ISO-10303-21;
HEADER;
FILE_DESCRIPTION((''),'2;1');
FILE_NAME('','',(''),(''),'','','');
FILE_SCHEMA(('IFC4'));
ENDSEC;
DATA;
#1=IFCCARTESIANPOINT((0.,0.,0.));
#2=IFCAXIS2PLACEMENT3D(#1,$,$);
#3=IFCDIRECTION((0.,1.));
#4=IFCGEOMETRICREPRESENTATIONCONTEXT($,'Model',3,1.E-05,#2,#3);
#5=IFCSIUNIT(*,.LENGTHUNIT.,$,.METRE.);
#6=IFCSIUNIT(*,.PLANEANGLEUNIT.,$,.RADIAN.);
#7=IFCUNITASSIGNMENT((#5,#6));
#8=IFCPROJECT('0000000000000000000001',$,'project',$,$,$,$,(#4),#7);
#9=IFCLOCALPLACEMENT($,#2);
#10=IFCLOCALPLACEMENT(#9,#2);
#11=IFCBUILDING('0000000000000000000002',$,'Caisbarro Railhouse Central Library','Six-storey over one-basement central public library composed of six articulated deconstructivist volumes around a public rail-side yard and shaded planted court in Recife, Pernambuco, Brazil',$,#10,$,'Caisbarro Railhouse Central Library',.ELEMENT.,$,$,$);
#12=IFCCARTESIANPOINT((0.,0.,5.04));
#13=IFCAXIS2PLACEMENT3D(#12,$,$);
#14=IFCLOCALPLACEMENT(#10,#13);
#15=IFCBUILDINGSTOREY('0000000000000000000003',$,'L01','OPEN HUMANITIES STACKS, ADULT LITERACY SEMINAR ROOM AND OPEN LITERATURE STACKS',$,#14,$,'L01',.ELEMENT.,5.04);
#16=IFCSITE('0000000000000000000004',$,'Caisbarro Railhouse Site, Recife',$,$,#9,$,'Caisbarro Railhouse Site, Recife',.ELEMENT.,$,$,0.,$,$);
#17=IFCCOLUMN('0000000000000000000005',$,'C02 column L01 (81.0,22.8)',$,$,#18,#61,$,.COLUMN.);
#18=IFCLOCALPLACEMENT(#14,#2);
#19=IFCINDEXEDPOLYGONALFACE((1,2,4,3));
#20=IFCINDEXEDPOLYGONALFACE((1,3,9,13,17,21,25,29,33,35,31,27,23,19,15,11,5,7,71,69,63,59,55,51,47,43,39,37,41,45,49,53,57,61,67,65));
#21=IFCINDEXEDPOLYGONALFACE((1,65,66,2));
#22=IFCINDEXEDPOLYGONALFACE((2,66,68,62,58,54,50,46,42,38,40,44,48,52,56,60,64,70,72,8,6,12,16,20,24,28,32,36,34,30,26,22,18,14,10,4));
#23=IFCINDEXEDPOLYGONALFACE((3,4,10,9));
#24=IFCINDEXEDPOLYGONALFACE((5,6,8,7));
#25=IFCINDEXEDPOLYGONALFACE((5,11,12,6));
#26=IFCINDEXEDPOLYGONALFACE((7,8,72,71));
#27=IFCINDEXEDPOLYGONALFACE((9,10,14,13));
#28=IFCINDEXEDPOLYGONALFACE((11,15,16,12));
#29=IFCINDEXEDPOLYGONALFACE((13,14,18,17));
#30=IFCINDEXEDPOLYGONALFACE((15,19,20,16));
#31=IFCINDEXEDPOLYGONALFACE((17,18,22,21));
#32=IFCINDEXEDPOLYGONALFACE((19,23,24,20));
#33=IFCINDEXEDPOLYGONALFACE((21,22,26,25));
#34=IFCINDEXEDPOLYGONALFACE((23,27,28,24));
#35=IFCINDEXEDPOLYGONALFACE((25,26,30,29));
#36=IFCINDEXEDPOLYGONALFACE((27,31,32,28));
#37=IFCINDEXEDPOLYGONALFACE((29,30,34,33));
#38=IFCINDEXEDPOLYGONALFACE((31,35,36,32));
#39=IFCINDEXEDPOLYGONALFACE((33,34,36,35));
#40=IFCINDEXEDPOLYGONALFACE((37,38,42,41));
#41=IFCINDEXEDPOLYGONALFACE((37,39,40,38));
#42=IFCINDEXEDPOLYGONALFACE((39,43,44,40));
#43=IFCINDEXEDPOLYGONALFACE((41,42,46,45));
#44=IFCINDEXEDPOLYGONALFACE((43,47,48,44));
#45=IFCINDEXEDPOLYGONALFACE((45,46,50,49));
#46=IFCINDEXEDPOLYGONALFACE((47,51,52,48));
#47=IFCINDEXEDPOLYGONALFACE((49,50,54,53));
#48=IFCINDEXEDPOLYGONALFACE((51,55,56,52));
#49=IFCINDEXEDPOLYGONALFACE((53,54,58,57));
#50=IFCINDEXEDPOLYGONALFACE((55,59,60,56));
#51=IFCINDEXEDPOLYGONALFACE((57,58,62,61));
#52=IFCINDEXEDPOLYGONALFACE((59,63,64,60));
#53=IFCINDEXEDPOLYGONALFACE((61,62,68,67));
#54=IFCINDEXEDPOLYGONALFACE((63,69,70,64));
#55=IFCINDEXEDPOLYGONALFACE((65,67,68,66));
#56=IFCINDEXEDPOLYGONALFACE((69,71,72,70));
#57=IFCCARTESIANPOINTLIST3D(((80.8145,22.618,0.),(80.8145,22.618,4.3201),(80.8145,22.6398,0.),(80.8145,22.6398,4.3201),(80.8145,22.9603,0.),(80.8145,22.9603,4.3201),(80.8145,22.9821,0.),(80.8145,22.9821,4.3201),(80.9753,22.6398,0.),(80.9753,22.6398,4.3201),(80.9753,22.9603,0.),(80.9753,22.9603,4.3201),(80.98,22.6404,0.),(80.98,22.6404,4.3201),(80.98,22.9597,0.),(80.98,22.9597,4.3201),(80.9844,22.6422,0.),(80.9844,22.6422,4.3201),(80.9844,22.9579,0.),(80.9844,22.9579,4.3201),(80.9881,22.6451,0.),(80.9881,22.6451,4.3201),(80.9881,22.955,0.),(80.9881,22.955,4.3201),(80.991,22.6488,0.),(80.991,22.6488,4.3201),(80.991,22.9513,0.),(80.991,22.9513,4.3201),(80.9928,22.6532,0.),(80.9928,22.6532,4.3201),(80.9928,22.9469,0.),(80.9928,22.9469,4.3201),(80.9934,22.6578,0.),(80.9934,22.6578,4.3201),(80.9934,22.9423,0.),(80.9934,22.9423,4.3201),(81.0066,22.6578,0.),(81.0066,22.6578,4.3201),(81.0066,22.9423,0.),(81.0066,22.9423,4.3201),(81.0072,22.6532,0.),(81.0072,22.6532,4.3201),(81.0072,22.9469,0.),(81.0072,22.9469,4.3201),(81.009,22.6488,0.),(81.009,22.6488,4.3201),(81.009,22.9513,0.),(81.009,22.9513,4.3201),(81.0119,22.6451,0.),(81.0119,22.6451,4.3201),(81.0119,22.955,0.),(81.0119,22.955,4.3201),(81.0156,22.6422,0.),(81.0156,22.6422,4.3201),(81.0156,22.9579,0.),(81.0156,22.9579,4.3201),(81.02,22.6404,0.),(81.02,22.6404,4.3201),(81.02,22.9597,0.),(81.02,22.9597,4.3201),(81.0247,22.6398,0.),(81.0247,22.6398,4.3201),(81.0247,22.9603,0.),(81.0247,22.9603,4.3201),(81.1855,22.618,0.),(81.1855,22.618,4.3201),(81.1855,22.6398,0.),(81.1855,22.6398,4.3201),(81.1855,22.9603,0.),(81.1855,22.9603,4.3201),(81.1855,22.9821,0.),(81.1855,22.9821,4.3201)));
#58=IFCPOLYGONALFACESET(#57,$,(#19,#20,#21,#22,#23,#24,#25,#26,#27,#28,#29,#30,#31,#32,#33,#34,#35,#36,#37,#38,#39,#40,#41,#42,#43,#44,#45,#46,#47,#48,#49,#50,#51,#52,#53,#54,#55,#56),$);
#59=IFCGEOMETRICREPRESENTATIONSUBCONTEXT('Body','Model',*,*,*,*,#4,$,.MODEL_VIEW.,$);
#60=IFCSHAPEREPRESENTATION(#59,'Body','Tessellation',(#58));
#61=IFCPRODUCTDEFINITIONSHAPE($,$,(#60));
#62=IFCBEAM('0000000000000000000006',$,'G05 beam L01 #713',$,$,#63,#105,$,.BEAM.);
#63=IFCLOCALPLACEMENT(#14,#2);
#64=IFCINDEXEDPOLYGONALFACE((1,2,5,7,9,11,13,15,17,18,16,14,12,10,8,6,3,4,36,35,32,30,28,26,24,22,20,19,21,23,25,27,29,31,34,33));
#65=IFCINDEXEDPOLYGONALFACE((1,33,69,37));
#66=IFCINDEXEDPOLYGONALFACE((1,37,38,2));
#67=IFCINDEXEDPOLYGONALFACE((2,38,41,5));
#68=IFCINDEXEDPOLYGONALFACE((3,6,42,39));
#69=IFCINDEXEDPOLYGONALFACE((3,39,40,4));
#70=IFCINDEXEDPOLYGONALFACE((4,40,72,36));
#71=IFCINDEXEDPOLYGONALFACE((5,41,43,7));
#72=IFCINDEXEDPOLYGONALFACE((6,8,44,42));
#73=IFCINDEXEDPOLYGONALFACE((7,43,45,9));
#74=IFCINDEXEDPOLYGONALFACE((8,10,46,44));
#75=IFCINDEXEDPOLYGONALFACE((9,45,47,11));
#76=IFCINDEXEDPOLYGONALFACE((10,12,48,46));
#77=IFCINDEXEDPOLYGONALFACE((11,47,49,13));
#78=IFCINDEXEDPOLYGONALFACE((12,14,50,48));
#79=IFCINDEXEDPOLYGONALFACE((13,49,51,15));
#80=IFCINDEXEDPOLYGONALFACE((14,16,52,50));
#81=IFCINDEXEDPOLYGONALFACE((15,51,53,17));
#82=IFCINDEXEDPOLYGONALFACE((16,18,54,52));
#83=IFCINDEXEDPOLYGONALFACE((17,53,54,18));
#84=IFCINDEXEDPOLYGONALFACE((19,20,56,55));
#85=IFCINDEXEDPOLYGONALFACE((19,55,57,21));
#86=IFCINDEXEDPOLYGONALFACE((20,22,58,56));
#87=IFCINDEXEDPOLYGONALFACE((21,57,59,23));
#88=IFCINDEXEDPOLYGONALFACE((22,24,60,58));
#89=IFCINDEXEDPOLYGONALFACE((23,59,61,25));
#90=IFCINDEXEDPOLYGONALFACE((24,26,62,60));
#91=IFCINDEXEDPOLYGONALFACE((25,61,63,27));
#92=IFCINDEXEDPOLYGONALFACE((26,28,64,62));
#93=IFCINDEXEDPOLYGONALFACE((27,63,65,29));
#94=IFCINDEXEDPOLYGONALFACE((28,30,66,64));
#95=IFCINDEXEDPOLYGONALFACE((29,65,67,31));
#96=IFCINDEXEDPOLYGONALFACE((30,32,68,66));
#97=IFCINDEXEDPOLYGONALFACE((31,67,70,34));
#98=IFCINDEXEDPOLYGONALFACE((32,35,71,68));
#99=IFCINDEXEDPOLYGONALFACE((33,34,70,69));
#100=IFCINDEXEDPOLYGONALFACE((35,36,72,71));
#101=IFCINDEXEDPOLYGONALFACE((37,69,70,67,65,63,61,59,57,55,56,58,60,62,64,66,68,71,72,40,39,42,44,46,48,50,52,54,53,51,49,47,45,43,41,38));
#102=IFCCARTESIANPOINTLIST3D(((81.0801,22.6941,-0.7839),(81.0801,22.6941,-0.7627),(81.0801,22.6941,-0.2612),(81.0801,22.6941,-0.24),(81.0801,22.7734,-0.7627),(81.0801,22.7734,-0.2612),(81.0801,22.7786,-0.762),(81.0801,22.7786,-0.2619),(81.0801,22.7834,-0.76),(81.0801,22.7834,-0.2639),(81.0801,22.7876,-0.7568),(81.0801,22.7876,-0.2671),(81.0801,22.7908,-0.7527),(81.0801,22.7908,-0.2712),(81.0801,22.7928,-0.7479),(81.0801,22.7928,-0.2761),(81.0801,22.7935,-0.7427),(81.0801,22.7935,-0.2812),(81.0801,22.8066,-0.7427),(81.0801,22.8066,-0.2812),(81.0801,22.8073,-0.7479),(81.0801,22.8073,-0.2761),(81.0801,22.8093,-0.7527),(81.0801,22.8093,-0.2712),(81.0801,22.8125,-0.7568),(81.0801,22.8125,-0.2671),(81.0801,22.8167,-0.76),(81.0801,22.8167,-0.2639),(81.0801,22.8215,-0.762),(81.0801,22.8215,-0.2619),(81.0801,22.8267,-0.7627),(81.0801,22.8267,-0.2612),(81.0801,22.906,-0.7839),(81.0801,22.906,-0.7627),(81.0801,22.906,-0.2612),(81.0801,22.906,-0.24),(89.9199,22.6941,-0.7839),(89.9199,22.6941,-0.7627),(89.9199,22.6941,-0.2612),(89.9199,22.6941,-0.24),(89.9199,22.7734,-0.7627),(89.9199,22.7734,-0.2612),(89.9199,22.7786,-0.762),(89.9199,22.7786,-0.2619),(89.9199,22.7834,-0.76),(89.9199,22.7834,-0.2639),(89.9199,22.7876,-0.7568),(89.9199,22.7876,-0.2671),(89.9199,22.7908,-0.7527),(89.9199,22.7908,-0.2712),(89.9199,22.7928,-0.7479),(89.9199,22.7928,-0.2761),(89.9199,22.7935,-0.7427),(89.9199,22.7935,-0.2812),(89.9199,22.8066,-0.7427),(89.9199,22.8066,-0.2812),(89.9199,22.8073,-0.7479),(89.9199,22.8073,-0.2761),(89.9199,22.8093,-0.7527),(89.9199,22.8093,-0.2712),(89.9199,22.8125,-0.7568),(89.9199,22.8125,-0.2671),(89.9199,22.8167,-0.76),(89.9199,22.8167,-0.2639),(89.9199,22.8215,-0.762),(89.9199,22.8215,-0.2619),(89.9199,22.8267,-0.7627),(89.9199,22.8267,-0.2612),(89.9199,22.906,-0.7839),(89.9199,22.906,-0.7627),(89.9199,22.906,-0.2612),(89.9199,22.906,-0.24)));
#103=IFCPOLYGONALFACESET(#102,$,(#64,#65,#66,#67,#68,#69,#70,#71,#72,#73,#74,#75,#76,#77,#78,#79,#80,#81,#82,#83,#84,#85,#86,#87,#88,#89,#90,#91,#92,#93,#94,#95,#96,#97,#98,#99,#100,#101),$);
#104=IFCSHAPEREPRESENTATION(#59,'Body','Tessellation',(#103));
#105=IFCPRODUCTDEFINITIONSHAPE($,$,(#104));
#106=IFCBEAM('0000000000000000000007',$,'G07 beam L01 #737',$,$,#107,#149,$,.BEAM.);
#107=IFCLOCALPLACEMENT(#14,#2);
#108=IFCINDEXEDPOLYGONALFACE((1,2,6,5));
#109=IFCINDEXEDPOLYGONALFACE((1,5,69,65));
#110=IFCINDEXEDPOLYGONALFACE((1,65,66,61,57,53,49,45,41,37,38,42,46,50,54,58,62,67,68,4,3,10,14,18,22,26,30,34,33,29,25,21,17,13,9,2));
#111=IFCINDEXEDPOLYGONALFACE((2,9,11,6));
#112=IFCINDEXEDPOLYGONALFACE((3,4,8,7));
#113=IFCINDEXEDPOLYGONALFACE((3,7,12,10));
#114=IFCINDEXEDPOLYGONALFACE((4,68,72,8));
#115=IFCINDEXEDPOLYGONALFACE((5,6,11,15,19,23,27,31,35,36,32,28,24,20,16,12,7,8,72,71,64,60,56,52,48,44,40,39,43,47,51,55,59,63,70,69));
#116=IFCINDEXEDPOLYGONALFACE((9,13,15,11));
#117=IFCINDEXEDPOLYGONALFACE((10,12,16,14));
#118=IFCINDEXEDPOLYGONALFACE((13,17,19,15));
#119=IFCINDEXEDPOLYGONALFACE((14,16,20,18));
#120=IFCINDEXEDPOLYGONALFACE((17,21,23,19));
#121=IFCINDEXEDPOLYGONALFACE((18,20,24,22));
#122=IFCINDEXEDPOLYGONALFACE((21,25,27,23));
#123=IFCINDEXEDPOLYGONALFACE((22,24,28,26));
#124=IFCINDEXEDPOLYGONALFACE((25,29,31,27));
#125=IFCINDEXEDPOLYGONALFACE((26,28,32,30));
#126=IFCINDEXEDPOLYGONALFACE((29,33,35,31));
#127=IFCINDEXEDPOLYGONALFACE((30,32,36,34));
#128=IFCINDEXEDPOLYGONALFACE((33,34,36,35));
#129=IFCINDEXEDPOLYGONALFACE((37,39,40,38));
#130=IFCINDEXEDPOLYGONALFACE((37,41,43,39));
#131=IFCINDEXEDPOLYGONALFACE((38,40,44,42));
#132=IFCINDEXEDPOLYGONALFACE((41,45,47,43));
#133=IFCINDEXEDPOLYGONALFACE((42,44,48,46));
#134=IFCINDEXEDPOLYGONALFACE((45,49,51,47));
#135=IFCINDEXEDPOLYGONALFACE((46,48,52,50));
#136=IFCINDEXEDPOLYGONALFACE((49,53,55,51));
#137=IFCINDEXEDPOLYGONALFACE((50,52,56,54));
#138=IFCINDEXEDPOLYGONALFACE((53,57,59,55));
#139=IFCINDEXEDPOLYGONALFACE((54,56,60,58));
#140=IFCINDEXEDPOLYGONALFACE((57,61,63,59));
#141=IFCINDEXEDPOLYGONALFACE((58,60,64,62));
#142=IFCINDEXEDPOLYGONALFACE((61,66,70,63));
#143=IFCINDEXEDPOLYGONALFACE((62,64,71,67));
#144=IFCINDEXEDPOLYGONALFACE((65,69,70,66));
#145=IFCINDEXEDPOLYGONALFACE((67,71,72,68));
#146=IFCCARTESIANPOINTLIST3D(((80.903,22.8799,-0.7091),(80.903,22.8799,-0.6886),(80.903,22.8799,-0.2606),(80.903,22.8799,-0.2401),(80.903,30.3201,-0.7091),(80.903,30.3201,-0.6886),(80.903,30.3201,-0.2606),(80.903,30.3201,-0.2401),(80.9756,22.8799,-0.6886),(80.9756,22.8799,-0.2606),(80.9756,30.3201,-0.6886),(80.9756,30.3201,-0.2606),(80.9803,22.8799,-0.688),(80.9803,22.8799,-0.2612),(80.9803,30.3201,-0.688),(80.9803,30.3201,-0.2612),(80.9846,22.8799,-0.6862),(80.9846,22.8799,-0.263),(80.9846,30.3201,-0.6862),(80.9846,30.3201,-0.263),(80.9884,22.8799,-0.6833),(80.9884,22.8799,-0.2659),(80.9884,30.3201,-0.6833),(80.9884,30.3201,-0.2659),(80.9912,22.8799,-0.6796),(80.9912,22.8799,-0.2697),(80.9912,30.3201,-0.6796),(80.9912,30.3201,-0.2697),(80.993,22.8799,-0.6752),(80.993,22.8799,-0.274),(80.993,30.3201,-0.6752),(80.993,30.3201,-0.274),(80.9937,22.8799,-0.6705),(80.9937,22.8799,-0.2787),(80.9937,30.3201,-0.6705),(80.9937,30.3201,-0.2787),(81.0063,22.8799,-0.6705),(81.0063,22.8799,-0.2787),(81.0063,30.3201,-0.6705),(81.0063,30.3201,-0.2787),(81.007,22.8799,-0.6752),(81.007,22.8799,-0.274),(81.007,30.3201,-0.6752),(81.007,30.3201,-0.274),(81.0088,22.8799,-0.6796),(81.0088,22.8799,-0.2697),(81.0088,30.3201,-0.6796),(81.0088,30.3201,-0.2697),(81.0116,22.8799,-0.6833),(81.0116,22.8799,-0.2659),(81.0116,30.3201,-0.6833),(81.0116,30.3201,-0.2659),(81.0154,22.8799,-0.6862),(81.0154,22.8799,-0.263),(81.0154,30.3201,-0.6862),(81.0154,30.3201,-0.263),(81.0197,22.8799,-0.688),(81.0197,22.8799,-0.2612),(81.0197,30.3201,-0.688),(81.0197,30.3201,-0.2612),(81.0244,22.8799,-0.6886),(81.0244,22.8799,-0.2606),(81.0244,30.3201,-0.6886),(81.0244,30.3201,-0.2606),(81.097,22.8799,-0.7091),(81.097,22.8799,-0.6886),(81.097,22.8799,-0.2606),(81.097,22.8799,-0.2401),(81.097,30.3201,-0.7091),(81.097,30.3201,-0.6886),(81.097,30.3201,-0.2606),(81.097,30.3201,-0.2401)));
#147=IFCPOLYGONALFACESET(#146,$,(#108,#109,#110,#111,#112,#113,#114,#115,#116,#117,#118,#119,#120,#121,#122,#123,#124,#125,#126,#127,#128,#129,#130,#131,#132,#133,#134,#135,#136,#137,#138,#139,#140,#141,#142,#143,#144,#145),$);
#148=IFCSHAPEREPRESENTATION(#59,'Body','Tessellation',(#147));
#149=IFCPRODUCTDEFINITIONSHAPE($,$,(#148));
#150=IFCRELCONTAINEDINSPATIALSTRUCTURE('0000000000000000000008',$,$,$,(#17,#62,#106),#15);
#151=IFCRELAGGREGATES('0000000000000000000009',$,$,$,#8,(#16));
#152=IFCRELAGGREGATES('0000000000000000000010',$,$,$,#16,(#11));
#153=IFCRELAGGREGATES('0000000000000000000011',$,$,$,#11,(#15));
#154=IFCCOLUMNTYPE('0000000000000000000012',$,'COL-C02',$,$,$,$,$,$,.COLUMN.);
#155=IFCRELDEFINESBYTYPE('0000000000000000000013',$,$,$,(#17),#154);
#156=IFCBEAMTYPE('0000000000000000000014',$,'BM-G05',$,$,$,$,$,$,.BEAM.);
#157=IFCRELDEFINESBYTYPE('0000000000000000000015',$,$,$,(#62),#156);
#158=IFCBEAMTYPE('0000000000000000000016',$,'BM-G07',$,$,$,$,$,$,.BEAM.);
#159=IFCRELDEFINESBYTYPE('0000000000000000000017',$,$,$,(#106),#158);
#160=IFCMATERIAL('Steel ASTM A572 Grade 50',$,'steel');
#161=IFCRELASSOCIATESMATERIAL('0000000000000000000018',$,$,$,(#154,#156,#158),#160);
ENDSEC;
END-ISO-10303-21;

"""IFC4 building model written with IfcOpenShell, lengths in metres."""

from ifc_helpers import new_model, si_unit, direction, frame, origin, origin_2d, place, context, subcontext, project, spatial, i_section, extrude, material, material_profile, profile_set, type_object, element, save


model = new_model("IFC4")

# Units and contexts
model_context = context("Model", 3, precision=1e-05, world=origin(), true_north=direction((0.0, 1.0)))
body_context = subcontext(model_context, "Body", "Model", "MODEL_VIEW")
ifc_project = project(units=[si_unit("LENGTHUNIT", "METRE"), si_unit("PLANEANGLEUNIT", "RADIAN")], contexts=[model_context])

# Site, building, storey
site_placement = place(None, origin())
site = spatial("IfcSite", under=ifc_project, at=site_placement, Name="Caisbarro Railhouse Site, Recife", LongName="Caisbarro Railhouse Site, Recife", CompositionType="ELEMENT", RefElevation=0.0)
building_placement = place(site_placement, origin())
building = spatial("IfcBuilding", under=site, at=building_placement, Name="Caisbarro Railhouse Central Library", Description="Six-storey over one-basement central public library composed of six articulated deconstructivist volumes around a public rail-side yard and shaded planted court in Recife, Pernambuco, Brazil", LongName="Caisbarro Railhouse Central Library", CompositionType="ELEMENT")
storey_placement = place(building_placement, frame((0.0, 0.0, 5.04)))
storey = spatial("IfcBuildingStorey", under=building, at=storey_placement, Name="L01", Description="OPEN HUMANITIES STACKS, ADULT LITERACY SEMINAR ROOM AND OPEN LITERATURE STACKS", LongName="L01", CompositionType="ELEMENT", Elevation=5.04)

# Column
ifc_material_1 = material(Name="Steel ASTM A572 Grade 50", Category="steel")
ifc_material_profile_1 = material_profile(ifc_material_1, i_section(OverallWidth=0.3711, OverallDepth=0.364, WebThickness=0.0132, FlangeThickness=0.0217, FilletRadius=0.0181, at=origin_2d()), Name="W360X162.0")
ifc_profile_set_1 = profile_set([ifc_material_profile_1], Name="Steel ASTM A572 Grade 50")
column_type = type_object("IfcColumnType", Name="COL-C02", PredefinedType="COLUMN", material=ifc_profile_set_1)
column_placement = place(storey_placement, frame((81.0, 22.8, 0.0), z_axis=(0.0, 0.0, 1.0), x_axis=(1.0, 0.0, 0.0)))
element("IfcColumn", 1, at=column_placement, inside=storey, type_object=column_type, Name="C02 column L01 (81.0,22.8)", PredefinedType="COLUMN", context=body_context, shape_type="SweptSolid", body=[
    extrude(i_section(OverallWidth=0.3711, OverallDepth=0.364, WebThickness=0.0132, FlangeThickness=0.0217, FilletRadius=0.0181, at=origin_2d()), origin(), (0.0, 0.0, 1.0), 4.3201),
])

# Beams
ifc_material_profile_2 = material_profile(ifc_material_1, i_section(OverallWidth=0.2119, OverallDepth=0.5439, WebThickness=0.0132, FlangeThickness=0.0212, FilletRadius=0.02, at=origin_2d()), Name="W530X123.0")
ifc_profile_set_2 = profile_set([ifc_material_profile_2], Name="Steel ASTM A572 Grade 50")
beam_type_1 = type_object("IfcBeamType", Name="BM-G05", PredefinedType="BEAM", material=ifc_profile_set_2)
beam_1_placement = place(storey_placement, frame((81.0801, 22.8, -0.512), z_axis=(1.0, 0.0, 0.0), x_axis=(0.0, 1.0, 0.0)))
element("IfcBeam", 2, at=beam_1_placement, inside=storey, type_object=beam_type_1, Name="G05 beam L01 #713", PredefinedType="BEAM", context=body_context, shape_type="SweptSolid", body=[
    extrude(i_section(OverallWidth=0.2119, OverallDepth=0.5439, WebThickness=0.0132, FlangeThickness=0.0212, FilletRadius=0.02, at=origin_2d()), origin(), (0.0, 0.0, 1.0), 8.8398),
])
ifc_material_profile_3 = material_profile(ifc_material_1, i_section(OverallWidth=0.1941, OverallDepth=0.469, WebThickness=0.0127, FlangeThickness=0.0205, FilletRadius=0.0181, at=origin_2d()), Name="W460X106.0")
ifc_profile_set_3 = profile_set([ifc_material_profile_3], Name="Steel ASTM A572 Grade 50")
beam_type_2 = type_object("IfcBeamType", Name="BM-G07", PredefinedType="BEAM", material=ifc_profile_set_3)
beam_2_placement = place(storey_placement, frame((81.0, 22.8799, -0.4746), z_axis=(0.0, 1.0, 0.0), x_axis=(-1.0, 0.0, 0.0)))
element("IfcBeam", 3, at=beam_2_placement, inside=storey, type_object=beam_type_2, Name="G07 beam L01 #737", PredefinedType="BEAM", context=body_context, shape_type="SweptSolid", body=[
    extrude(i_section(OverallWidth=0.1941, OverallDepth=0.469, WebThickness=0.0127, FlangeThickness=0.0205, FilletRadius=0.0181, at=origin_2d()), origin(), (0.0, 0.0, 1.0), 7.4402),
])

save(model, "model.ifc")
